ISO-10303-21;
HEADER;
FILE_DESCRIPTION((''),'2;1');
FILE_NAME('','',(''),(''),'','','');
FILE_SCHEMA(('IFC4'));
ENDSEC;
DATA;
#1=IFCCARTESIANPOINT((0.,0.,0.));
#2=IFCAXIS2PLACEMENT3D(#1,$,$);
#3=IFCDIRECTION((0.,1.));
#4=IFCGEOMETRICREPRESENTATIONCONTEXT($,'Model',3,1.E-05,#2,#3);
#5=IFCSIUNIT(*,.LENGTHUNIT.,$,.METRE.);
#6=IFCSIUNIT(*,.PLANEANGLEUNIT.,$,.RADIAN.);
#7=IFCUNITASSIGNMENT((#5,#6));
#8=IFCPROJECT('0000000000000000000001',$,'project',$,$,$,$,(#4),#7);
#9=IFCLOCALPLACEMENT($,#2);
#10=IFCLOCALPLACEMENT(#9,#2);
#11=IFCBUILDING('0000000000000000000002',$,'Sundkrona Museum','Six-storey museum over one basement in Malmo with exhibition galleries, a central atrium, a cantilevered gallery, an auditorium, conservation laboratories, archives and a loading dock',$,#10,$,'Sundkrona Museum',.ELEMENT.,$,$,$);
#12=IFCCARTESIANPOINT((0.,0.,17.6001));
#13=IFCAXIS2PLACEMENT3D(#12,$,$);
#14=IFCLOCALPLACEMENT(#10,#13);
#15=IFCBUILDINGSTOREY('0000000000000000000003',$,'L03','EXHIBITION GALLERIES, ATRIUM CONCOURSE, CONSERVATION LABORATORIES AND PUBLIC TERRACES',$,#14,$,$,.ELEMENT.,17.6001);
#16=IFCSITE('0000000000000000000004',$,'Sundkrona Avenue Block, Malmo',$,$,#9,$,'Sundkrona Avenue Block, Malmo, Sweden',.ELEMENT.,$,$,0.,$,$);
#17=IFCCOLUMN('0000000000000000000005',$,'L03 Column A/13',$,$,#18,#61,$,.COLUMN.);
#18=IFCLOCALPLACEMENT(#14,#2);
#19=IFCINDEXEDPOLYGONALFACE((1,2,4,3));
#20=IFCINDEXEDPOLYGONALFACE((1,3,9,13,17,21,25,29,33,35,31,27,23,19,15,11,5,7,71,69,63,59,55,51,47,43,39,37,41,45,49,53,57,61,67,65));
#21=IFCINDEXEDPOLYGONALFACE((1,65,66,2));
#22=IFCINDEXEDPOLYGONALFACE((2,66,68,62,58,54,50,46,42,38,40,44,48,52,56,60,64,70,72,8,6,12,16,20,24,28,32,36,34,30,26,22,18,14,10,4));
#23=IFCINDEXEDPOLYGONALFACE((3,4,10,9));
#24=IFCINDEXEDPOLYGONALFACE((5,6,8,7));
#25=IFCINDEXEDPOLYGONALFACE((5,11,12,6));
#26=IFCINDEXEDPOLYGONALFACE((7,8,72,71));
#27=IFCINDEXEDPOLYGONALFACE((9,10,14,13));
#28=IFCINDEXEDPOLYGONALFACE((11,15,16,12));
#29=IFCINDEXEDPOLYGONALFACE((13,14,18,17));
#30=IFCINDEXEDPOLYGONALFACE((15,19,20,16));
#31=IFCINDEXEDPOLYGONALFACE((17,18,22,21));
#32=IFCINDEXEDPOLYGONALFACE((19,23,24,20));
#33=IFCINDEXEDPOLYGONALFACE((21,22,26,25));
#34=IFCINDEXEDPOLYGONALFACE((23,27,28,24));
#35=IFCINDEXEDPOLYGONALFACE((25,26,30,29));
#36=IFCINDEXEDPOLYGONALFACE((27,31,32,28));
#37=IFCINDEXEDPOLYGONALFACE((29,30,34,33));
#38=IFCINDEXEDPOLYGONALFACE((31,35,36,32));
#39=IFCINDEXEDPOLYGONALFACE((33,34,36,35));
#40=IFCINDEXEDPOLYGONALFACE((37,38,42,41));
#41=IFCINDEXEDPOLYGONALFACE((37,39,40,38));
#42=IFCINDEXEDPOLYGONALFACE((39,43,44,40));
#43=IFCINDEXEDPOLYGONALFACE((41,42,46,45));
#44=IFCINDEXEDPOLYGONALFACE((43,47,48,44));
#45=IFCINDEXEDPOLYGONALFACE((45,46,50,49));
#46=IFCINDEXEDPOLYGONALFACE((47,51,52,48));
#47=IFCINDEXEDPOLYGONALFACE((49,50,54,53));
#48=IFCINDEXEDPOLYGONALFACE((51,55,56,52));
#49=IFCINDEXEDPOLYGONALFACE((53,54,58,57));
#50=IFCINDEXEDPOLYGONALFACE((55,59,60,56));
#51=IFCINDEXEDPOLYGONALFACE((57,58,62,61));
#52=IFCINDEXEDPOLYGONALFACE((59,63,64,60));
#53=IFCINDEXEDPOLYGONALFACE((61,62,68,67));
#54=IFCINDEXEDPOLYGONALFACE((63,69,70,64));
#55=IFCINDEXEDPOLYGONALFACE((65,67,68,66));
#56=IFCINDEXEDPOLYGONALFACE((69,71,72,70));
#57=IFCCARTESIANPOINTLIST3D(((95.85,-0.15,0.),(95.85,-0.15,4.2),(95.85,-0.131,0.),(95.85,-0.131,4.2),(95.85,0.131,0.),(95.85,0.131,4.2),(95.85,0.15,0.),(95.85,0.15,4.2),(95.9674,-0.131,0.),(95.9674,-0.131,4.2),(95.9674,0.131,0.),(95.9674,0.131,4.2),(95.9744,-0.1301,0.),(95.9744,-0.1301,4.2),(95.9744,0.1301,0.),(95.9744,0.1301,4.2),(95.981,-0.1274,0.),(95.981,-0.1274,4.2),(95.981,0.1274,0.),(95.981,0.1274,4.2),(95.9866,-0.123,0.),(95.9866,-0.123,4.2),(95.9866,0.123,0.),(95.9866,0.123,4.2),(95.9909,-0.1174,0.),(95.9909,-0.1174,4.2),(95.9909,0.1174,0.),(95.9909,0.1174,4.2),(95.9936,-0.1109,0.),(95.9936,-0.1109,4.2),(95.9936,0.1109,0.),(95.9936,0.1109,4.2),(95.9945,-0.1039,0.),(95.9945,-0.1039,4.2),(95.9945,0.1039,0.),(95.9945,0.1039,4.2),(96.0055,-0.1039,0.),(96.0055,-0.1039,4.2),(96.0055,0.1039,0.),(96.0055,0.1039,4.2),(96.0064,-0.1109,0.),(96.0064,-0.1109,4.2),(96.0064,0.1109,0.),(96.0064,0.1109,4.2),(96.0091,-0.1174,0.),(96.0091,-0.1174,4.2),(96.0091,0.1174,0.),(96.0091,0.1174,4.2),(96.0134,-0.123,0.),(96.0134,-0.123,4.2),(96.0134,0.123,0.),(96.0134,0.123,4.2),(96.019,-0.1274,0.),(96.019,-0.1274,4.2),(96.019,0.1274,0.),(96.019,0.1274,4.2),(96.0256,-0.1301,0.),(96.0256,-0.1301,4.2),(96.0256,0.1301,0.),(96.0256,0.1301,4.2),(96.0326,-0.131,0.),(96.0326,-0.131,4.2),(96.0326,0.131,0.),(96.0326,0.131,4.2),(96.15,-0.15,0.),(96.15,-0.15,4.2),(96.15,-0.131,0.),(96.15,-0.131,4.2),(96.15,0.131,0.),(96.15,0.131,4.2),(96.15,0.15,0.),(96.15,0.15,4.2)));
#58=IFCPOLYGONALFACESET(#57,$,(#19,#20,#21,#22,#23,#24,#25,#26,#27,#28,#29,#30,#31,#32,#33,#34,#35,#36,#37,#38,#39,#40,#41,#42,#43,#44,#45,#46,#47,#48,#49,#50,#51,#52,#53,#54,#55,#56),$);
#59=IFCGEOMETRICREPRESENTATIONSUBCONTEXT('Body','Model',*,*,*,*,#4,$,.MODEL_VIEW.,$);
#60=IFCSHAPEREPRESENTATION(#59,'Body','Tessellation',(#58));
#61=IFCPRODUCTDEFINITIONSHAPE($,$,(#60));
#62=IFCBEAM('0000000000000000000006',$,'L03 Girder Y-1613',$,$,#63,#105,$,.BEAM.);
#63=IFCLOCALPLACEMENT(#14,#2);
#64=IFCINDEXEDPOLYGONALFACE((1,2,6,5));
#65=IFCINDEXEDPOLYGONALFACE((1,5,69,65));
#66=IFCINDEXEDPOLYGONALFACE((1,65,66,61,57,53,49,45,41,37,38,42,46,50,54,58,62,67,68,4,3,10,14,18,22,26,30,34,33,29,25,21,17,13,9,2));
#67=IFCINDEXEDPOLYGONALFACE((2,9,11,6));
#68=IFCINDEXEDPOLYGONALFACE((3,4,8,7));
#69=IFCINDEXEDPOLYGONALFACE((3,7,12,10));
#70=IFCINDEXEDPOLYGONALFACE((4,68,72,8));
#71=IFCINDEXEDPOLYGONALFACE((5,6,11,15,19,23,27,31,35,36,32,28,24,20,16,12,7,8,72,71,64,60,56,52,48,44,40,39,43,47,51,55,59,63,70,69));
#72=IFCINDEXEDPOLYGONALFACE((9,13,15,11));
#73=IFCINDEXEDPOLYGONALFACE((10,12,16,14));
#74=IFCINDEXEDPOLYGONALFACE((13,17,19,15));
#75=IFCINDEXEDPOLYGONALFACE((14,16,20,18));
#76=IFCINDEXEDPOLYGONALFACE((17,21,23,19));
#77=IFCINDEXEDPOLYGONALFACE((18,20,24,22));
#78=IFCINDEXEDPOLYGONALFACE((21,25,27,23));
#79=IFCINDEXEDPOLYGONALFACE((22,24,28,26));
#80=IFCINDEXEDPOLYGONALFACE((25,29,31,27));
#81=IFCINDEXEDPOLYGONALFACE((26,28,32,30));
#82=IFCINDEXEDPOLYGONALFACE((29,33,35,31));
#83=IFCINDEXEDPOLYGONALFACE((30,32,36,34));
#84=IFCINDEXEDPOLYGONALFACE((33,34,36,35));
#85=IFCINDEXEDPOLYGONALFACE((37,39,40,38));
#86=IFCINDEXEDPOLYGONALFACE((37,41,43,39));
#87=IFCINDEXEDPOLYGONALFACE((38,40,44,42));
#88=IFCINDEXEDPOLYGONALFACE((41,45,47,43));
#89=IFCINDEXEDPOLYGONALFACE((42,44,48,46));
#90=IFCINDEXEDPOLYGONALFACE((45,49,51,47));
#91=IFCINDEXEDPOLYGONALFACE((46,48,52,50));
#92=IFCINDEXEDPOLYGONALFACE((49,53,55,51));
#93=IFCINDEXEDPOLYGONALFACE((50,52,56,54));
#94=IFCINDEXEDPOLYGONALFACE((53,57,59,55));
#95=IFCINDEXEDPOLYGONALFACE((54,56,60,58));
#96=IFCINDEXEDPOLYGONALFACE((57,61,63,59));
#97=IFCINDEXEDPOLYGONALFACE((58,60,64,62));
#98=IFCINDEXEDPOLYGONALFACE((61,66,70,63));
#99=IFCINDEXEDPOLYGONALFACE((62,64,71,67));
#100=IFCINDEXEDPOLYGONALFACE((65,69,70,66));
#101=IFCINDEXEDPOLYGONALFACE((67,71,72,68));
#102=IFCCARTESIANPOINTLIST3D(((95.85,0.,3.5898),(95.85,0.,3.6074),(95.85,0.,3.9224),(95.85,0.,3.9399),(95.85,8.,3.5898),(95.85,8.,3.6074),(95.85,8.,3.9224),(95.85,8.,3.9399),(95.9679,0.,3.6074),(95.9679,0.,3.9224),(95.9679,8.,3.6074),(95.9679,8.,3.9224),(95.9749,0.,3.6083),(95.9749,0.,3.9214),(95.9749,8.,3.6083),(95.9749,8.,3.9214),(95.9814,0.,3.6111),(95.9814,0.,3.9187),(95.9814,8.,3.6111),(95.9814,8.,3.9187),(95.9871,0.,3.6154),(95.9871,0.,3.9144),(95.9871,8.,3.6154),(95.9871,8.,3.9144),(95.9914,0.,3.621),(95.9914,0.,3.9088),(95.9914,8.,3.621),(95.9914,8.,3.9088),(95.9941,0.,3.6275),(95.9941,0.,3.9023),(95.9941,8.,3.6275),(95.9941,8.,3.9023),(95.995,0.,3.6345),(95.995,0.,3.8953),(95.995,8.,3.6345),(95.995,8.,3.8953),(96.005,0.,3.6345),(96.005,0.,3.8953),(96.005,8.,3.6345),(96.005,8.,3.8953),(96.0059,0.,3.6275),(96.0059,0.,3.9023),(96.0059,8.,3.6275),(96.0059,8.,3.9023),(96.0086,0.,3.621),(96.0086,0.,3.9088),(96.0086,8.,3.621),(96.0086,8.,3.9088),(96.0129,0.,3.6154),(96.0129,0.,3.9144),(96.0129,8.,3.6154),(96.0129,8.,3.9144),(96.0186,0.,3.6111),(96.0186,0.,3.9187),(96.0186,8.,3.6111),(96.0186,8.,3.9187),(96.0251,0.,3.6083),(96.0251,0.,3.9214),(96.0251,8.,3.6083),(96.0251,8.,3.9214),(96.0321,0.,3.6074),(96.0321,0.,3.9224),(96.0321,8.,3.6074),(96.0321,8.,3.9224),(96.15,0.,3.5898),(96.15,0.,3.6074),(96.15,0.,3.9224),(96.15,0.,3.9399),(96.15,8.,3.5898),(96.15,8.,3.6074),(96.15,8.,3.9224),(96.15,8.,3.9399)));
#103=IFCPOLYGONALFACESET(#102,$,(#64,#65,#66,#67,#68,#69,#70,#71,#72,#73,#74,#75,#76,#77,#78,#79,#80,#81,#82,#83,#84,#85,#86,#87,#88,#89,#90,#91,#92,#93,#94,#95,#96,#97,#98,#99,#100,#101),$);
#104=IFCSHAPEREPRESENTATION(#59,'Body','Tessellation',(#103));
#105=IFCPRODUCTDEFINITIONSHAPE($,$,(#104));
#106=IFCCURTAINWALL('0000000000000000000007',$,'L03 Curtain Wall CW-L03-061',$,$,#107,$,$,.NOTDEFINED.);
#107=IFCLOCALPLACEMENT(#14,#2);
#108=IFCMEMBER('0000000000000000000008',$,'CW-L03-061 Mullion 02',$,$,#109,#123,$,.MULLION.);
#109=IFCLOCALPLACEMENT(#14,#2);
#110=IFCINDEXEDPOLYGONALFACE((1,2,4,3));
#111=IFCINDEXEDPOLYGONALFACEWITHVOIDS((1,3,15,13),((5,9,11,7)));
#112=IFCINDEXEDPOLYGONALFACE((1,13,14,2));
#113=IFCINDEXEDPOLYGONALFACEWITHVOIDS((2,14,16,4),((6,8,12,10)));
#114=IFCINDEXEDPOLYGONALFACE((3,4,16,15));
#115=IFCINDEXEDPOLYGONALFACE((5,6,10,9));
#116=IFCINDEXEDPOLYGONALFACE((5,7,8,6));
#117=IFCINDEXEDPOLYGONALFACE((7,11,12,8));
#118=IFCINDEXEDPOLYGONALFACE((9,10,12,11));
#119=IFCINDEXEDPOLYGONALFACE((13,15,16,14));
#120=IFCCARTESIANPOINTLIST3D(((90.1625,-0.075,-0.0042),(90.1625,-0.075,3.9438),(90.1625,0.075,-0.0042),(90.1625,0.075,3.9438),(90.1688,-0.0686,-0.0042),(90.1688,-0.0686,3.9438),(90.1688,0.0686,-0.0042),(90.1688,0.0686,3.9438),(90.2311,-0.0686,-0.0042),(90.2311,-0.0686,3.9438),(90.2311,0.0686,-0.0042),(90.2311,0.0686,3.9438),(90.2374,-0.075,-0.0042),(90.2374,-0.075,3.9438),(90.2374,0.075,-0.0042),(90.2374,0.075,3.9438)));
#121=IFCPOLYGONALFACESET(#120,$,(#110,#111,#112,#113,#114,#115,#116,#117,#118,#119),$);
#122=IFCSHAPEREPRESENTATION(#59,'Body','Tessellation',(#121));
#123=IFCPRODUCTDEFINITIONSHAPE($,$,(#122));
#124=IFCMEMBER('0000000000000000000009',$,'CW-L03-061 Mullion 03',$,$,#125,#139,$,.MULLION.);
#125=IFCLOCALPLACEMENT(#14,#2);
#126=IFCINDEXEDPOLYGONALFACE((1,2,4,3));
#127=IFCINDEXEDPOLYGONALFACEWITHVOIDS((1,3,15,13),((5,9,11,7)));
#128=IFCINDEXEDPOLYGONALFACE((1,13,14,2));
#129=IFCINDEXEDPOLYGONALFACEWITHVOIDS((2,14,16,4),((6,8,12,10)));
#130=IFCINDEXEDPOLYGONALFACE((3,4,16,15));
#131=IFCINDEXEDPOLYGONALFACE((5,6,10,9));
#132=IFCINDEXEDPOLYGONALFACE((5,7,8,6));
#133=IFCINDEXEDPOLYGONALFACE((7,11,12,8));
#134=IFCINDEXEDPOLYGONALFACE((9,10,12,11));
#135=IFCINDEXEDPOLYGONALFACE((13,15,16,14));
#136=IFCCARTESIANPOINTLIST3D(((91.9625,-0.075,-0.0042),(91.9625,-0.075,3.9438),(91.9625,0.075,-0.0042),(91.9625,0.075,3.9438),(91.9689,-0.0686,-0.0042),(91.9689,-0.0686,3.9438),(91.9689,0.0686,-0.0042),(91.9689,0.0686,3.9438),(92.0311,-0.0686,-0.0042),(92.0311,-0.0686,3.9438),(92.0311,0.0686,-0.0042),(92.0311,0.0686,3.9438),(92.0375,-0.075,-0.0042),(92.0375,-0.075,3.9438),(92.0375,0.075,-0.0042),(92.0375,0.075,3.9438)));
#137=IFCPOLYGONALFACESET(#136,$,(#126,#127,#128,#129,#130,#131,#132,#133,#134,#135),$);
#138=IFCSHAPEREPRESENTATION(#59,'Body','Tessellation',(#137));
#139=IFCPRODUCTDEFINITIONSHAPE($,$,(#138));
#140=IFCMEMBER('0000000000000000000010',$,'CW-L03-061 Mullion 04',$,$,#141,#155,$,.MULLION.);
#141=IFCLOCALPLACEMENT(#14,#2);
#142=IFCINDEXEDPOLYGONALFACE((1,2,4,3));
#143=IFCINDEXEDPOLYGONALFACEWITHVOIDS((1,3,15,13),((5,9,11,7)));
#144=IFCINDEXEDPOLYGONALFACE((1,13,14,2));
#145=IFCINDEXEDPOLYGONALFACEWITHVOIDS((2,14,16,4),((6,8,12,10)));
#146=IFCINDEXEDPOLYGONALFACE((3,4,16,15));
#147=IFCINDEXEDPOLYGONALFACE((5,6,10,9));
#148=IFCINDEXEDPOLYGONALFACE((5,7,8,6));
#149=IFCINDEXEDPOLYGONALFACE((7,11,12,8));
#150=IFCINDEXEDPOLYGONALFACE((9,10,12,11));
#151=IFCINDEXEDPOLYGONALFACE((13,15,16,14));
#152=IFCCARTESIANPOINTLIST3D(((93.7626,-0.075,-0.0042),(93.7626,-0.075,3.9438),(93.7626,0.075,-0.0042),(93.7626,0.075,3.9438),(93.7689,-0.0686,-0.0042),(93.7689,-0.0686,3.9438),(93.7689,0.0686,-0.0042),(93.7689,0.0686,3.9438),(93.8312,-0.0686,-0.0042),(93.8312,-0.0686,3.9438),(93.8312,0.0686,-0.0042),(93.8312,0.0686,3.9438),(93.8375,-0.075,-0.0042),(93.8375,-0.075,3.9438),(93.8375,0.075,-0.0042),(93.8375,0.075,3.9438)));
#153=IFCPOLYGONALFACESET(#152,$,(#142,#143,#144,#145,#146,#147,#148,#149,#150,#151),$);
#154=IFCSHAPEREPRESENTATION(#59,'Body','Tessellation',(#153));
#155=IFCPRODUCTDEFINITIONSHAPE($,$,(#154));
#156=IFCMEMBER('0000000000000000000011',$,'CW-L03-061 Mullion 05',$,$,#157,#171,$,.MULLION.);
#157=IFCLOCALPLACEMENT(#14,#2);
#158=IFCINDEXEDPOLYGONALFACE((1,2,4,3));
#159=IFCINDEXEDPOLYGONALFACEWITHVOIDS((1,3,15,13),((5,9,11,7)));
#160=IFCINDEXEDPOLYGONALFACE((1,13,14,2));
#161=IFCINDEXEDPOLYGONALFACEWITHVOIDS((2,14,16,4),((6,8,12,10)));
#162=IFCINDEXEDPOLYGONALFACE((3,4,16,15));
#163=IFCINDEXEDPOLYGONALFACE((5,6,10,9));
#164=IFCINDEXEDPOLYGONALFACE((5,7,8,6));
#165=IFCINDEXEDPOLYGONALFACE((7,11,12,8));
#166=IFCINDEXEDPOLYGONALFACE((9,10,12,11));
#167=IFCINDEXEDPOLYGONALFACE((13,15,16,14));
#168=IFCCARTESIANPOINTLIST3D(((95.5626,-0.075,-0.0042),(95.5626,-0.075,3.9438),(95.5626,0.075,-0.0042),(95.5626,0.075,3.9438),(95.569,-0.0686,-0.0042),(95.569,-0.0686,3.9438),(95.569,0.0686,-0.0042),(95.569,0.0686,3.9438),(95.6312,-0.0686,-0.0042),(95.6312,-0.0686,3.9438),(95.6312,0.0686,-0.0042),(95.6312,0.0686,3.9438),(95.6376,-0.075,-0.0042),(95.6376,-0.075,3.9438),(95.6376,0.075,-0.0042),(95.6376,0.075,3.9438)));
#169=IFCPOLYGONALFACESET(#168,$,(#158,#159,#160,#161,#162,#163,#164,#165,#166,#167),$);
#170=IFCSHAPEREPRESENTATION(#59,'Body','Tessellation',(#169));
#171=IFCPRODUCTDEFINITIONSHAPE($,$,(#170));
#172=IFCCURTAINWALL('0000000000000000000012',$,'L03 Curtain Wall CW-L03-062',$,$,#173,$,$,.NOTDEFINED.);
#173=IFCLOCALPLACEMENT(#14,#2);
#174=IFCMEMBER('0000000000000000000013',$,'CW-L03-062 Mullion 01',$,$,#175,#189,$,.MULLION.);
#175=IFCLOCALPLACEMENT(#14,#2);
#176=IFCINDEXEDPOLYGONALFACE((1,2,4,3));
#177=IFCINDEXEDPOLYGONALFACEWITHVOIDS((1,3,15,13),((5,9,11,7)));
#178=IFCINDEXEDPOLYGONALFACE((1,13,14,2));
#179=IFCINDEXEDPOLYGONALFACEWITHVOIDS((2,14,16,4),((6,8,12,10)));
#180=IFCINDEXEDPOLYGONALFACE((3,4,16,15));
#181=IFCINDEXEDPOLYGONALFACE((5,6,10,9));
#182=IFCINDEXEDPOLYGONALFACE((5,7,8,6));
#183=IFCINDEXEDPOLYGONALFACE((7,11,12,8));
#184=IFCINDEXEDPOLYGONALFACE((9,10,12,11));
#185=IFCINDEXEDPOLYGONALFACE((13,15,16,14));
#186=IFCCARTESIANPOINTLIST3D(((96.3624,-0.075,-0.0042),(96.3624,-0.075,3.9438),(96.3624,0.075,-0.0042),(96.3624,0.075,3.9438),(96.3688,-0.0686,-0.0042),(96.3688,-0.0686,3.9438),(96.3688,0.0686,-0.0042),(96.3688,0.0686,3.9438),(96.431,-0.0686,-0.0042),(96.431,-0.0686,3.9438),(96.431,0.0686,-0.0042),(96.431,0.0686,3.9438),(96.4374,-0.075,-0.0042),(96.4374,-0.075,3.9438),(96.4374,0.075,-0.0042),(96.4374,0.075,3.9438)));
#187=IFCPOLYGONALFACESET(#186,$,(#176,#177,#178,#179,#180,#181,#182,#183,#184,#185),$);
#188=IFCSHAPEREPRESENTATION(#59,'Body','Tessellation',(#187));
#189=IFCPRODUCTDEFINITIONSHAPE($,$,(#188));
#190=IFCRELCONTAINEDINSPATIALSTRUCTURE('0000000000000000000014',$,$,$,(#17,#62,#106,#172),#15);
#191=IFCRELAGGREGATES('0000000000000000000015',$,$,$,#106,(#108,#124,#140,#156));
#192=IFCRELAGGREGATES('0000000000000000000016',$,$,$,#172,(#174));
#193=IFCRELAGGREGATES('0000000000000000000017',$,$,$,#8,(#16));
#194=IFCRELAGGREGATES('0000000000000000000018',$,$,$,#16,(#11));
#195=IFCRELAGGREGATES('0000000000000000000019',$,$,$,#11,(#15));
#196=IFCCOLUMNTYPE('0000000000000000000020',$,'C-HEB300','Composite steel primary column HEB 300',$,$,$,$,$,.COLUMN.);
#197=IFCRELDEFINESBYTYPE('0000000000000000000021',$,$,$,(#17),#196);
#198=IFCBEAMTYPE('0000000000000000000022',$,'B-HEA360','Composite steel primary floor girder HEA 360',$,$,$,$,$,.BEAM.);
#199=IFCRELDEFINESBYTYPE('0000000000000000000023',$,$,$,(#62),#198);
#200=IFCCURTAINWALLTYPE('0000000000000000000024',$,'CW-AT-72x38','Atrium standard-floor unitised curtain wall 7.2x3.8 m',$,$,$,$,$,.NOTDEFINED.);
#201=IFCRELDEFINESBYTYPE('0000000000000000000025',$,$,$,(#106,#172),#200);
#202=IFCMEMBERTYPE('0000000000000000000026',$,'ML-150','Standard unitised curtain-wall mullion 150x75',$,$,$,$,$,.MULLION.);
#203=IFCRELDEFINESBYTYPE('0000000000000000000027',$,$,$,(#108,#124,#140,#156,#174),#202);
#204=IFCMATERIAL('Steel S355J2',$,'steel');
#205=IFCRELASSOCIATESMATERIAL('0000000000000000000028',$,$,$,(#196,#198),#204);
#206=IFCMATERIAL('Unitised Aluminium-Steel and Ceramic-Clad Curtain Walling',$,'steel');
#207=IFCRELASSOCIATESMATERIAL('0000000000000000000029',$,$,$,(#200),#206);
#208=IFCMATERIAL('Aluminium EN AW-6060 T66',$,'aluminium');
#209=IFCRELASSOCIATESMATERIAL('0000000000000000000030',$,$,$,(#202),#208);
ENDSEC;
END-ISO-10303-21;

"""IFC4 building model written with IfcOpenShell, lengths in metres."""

from ifc_helpers import new_model, si_unit, direction, frame, origin, origin_2d, place, context, subcontext, project, spatial, hollow_rectangle, i_section, extrude, material, material_profile, profile_set, type_object, element, aggregate, save


model = new_model("IFC4")

# Units and contexts
model_context = context("Model", 3, precision=1e-05, world=origin(), true_north=direction((0.0, 1.0)))
body_context = subcontext(model_context, "Body", "Model", "MODEL_VIEW")
ifc_project = project(units=[si_unit("LENGTHUNIT", "METRE"), si_unit("PLANEANGLEUNIT", "RADIAN")], contexts=[model_context])

# Site, building, storey
site_placement = place(None, origin())
site = spatial("IfcSite", under=ifc_project, at=site_placement, Name="Sundkrona Avenue Block, Malmo", LongName="Sundkrona Avenue Block, Malmo, Sweden", CompositionType="ELEMENT", RefElevation=0.0)
building_placement = place(site_placement, origin())
building = spatial("IfcBuilding", under=site, at=building_placement, Name="Sundkrona Museum", Description="Six-storey museum over one basement in Malmo with exhibition galleries, a central atrium, a cantilevered gallery, an auditorium, conservation laboratories, archives and a loading dock", LongName="Sundkrona Museum", CompositionType="ELEMENT")
storey_placement = place(building_placement, frame((0.0, 0.0, 17.6001)))
storey = spatial("IfcBuildingStorey", under=building, at=storey_placement, Name="L03", Description="EXHIBITION GALLERIES, ATRIUM CONCOURSE, CONSERVATION LABORATORIES AND PUBLIC TERRACES", CompositionType="ELEMENT", Elevation=17.6001)

# Column
ifc_material_1 = material(Name="Steel S355J2", Category="steel")
ifc_material_profile_1 = material_profile(ifc_material_1, i_section(OverallWidth=0.3, OverallDepth=0.3, WebThickness=0.011, FlangeThickness=0.019, FilletRadius=0.0271, at=origin_2d()), Name="HEB 300")
ifc_profile_set_1 = profile_set([ifc_material_profile_1], Name="Steel S355J2")
column_type = type_object("IfcColumnType", Name="C-HEB300", Description="Composite steel primary column HEB 300", PredefinedType="COLUMN", material=ifc_profile_set_1)
column_placement = place(storey_placement, frame((96.0, 0.0, 0.0), z_axis=(0.0, 0.0, 1.0), x_axis=(1.0, 0.0, 0.0)))
element("IfcColumn", 1, at=column_placement, inside=storey, type_object=column_type, Name="L03 Column A/13", PredefinedType="COLUMN", context=body_context, shape_type="SweptSolid", body=[
    extrude(i_section(OverallWidth=0.3, OverallDepth=0.3, WebThickness=0.011, FlangeThickness=0.019, FilletRadius=0.0271, at=origin_2d()), origin(), (0.0, 0.0, 1.0), 4.2),
])

# Beam
ifc_material_profile_2 = material_profile(ifc_material_1, i_section(OverallWidth=0.3, OverallDepth=0.3501, WebThickness=0.01, FlangeThickness=0.0176, FilletRadius=0.0271, at=origin_2d()), Name="HEA 360")
ifc_profile_set_2 = profile_set([ifc_material_profile_2], Name="Steel S355J2")
beam_type_1 = type_object("IfcBeamType", Name="B-HEA360", Description="Composite steel primary floor girder HEA 360", PredefinedType="BEAM", material=ifc_profile_set_2)
beam_1_placement = place(storey_placement, frame((96.0, 0.0, 3.7649), z_axis=(0.0, 1.0, 0.0), x_axis=(-1.0, 0.0, 0.0)))
element("IfcBeam", 2, at=beam_1_placement, inside=storey, type_object=beam_type_1, Name="L03 Girder Y-1613", PredefinedType="BEAM", context=body_context, shape_type="SweptSolid", body=[
    extrude(i_section(OverallWidth=0.3, OverallDepth=0.3501, WebThickness=0.01, FlangeThickness=0.0176, FilletRadius=0.0271, at=origin_2d()), origin(), (0.0, 0.0, 1.0), 8.0),
])

# Curtain walls, members
ifc_material_2 = material(Name="Unitised Aluminium-Steel and Ceramic-Clad Curtain Walling", Category="steel")
curtain_wall_type = type_object("IfcCurtainWallType", Name="CW-AT-72x38", Description="Atrium standard-floor unitised curtain wall 7.2x3.8 m", PredefinedType="NOTDEFINED", material=ifc_material_2)
curtain_wall_1_placement = place(storey_placement, origin())
curtain_wall_1 = element("IfcCurtainWall", 3, at=curtain_wall_1_placement, inside=storey, type_object=curtain_wall_type, Name="L03 Curtain Wall CW-L03-061", PredefinedType="NOTDEFINED")
ifc_material_3 = material(Name="Aluminium EN AW-6060 T66", Category="aluminium")
ifc_material_profile_3 = material_profile(ifc_material_3, hollow_rectangle(XDim=0.075, YDim=0.1499, WallThickness=0.0063, at=origin_2d()), Name="RHS 150x75x6.3")
ifc_profile_set_3 = profile_set([ifc_material_profile_3], Name="Aluminium EN AW-6060 T66")
member_type_1 = type_object("IfcMemberType", Name="ML-150", Description="Standard unitised curtain-wall mullion 150x75", PredefinedType="MULLION", material=ifc_profile_set_3)
member_1_placement = place(storey_placement, frame((90.2, 0.0, -0.0042), z_axis=(0.0, 0.0, 1.0), x_axis=(1.0, 0.0, 0.0)))
member_1 = element("IfcMember", 4, at=member_1_placement, type_object=member_type_1, Name="CW-L03-061 Mullion 02", PredefinedType="MULLION", context=body_context, shape_type="SweptSolid", body=[
    extrude(hollow_rectangle(XDim=0.075, YDim=0.1499, WallThickness=0.0063, at=origin_2d()), origin(), (0.0, 0.0, 1.0), 3.948),
])
member_2_placement = place(storey_placement, frame((92.0, 0.0, -0.0042), z_axis=(0.0, 0.0, 1.0), x_axis=(1.0, 0.0, 0.0)))
member_2 = element("IfcMember", 5, at=member_2_placement, type_object=member_type_1, Name="CW-L03-061 Mullion 03", PredefinedType="MULLION", context=body_context, shape_type="SweptSolid", body=[
    extrude(hollow_rectangle(XDim=0.075, YDim=0.1499, WallThickness=0.0063, at=origin_2d()), origin(), (0.0, 0.0, 1.0), 3.948),
])
member_3_placement = place(storey_placement, frame((93.8, 0.0, -0.0042), z_axis=(0.0, 0.0, 1.0), x_axis=(1.0, 0.0, 0.0)))
member_3 = element("IfcMember", 6, at=member_3_placement, type_object=member_type_1, Name="CW-L03-061 Mullion 04", PredefinedType="MULLION", context=body_context, shape_type="SweptSolid", body=[
    extrude(hollow_rectangle(XDim=0.075, YDim=0.1499, WallThickness=0.0063, at=origin_2d()), origin(), (0.0, 0.0, 1.0), 3.948),
])
member_4_placement = place(storey_placement, frame((95.6001, 0.0, -0.0042), z_axis=(0.0, 0.0, 1.0), x_axis=(1.0, 0.0, 0.0)))
member_4 = element("IfcMember", 7, at=member_4_placement, type_object=member_type_1, Name="CW-L03-061 Mullion 05", PredefinedType="MULLION", context=body_context, shape_type="SweptSolid", body=[
    extrude(hollow_rectangle(XDim=0.075, YDim=0.1499, WallThickness=0.0063, at=origin_2d()), origin(), (0.0, 0.0, 1.0), 3.948),
])
curtain_wall_2_placement = place(storey_placement, origin())
curtain_wall_2 = element("IfcCurtainWall", 8, at=curtain_wall_2_placement, inside=storey, type_object=curtain_wall_type, Name="L03 Curtain Wall CW-L03-062", PredefinedType="NOTDEFINED")
member_5_placement = place(storey_placement, frame((96.3999, 0.0, -0.0042), z_axis=(0.0, 0.0, 1.0), x_axis=(1.0, 0.0, 0.0)))
member_5 = element("IfcMember", 9, at=member_5_placement, type_object=member_type_1, Name="CW-L03-062 Mullion 01", PredefinedType="MULLION", context=body_context, shape_type="SweptSolid", body=[
    extrude(hollow_rectangle(XDim=0.075, YDim=0.1499, WallThickness=0.0063, at=origin_2d()), origin(), (0.0, 0.0, 1.0), 3.948),
])

aggregate(curtain_wall_1, [member_1, member_2, member_3, member_4])
aggregate(curtain_wall_2, [member_5])

save(model, "model.ifc")
